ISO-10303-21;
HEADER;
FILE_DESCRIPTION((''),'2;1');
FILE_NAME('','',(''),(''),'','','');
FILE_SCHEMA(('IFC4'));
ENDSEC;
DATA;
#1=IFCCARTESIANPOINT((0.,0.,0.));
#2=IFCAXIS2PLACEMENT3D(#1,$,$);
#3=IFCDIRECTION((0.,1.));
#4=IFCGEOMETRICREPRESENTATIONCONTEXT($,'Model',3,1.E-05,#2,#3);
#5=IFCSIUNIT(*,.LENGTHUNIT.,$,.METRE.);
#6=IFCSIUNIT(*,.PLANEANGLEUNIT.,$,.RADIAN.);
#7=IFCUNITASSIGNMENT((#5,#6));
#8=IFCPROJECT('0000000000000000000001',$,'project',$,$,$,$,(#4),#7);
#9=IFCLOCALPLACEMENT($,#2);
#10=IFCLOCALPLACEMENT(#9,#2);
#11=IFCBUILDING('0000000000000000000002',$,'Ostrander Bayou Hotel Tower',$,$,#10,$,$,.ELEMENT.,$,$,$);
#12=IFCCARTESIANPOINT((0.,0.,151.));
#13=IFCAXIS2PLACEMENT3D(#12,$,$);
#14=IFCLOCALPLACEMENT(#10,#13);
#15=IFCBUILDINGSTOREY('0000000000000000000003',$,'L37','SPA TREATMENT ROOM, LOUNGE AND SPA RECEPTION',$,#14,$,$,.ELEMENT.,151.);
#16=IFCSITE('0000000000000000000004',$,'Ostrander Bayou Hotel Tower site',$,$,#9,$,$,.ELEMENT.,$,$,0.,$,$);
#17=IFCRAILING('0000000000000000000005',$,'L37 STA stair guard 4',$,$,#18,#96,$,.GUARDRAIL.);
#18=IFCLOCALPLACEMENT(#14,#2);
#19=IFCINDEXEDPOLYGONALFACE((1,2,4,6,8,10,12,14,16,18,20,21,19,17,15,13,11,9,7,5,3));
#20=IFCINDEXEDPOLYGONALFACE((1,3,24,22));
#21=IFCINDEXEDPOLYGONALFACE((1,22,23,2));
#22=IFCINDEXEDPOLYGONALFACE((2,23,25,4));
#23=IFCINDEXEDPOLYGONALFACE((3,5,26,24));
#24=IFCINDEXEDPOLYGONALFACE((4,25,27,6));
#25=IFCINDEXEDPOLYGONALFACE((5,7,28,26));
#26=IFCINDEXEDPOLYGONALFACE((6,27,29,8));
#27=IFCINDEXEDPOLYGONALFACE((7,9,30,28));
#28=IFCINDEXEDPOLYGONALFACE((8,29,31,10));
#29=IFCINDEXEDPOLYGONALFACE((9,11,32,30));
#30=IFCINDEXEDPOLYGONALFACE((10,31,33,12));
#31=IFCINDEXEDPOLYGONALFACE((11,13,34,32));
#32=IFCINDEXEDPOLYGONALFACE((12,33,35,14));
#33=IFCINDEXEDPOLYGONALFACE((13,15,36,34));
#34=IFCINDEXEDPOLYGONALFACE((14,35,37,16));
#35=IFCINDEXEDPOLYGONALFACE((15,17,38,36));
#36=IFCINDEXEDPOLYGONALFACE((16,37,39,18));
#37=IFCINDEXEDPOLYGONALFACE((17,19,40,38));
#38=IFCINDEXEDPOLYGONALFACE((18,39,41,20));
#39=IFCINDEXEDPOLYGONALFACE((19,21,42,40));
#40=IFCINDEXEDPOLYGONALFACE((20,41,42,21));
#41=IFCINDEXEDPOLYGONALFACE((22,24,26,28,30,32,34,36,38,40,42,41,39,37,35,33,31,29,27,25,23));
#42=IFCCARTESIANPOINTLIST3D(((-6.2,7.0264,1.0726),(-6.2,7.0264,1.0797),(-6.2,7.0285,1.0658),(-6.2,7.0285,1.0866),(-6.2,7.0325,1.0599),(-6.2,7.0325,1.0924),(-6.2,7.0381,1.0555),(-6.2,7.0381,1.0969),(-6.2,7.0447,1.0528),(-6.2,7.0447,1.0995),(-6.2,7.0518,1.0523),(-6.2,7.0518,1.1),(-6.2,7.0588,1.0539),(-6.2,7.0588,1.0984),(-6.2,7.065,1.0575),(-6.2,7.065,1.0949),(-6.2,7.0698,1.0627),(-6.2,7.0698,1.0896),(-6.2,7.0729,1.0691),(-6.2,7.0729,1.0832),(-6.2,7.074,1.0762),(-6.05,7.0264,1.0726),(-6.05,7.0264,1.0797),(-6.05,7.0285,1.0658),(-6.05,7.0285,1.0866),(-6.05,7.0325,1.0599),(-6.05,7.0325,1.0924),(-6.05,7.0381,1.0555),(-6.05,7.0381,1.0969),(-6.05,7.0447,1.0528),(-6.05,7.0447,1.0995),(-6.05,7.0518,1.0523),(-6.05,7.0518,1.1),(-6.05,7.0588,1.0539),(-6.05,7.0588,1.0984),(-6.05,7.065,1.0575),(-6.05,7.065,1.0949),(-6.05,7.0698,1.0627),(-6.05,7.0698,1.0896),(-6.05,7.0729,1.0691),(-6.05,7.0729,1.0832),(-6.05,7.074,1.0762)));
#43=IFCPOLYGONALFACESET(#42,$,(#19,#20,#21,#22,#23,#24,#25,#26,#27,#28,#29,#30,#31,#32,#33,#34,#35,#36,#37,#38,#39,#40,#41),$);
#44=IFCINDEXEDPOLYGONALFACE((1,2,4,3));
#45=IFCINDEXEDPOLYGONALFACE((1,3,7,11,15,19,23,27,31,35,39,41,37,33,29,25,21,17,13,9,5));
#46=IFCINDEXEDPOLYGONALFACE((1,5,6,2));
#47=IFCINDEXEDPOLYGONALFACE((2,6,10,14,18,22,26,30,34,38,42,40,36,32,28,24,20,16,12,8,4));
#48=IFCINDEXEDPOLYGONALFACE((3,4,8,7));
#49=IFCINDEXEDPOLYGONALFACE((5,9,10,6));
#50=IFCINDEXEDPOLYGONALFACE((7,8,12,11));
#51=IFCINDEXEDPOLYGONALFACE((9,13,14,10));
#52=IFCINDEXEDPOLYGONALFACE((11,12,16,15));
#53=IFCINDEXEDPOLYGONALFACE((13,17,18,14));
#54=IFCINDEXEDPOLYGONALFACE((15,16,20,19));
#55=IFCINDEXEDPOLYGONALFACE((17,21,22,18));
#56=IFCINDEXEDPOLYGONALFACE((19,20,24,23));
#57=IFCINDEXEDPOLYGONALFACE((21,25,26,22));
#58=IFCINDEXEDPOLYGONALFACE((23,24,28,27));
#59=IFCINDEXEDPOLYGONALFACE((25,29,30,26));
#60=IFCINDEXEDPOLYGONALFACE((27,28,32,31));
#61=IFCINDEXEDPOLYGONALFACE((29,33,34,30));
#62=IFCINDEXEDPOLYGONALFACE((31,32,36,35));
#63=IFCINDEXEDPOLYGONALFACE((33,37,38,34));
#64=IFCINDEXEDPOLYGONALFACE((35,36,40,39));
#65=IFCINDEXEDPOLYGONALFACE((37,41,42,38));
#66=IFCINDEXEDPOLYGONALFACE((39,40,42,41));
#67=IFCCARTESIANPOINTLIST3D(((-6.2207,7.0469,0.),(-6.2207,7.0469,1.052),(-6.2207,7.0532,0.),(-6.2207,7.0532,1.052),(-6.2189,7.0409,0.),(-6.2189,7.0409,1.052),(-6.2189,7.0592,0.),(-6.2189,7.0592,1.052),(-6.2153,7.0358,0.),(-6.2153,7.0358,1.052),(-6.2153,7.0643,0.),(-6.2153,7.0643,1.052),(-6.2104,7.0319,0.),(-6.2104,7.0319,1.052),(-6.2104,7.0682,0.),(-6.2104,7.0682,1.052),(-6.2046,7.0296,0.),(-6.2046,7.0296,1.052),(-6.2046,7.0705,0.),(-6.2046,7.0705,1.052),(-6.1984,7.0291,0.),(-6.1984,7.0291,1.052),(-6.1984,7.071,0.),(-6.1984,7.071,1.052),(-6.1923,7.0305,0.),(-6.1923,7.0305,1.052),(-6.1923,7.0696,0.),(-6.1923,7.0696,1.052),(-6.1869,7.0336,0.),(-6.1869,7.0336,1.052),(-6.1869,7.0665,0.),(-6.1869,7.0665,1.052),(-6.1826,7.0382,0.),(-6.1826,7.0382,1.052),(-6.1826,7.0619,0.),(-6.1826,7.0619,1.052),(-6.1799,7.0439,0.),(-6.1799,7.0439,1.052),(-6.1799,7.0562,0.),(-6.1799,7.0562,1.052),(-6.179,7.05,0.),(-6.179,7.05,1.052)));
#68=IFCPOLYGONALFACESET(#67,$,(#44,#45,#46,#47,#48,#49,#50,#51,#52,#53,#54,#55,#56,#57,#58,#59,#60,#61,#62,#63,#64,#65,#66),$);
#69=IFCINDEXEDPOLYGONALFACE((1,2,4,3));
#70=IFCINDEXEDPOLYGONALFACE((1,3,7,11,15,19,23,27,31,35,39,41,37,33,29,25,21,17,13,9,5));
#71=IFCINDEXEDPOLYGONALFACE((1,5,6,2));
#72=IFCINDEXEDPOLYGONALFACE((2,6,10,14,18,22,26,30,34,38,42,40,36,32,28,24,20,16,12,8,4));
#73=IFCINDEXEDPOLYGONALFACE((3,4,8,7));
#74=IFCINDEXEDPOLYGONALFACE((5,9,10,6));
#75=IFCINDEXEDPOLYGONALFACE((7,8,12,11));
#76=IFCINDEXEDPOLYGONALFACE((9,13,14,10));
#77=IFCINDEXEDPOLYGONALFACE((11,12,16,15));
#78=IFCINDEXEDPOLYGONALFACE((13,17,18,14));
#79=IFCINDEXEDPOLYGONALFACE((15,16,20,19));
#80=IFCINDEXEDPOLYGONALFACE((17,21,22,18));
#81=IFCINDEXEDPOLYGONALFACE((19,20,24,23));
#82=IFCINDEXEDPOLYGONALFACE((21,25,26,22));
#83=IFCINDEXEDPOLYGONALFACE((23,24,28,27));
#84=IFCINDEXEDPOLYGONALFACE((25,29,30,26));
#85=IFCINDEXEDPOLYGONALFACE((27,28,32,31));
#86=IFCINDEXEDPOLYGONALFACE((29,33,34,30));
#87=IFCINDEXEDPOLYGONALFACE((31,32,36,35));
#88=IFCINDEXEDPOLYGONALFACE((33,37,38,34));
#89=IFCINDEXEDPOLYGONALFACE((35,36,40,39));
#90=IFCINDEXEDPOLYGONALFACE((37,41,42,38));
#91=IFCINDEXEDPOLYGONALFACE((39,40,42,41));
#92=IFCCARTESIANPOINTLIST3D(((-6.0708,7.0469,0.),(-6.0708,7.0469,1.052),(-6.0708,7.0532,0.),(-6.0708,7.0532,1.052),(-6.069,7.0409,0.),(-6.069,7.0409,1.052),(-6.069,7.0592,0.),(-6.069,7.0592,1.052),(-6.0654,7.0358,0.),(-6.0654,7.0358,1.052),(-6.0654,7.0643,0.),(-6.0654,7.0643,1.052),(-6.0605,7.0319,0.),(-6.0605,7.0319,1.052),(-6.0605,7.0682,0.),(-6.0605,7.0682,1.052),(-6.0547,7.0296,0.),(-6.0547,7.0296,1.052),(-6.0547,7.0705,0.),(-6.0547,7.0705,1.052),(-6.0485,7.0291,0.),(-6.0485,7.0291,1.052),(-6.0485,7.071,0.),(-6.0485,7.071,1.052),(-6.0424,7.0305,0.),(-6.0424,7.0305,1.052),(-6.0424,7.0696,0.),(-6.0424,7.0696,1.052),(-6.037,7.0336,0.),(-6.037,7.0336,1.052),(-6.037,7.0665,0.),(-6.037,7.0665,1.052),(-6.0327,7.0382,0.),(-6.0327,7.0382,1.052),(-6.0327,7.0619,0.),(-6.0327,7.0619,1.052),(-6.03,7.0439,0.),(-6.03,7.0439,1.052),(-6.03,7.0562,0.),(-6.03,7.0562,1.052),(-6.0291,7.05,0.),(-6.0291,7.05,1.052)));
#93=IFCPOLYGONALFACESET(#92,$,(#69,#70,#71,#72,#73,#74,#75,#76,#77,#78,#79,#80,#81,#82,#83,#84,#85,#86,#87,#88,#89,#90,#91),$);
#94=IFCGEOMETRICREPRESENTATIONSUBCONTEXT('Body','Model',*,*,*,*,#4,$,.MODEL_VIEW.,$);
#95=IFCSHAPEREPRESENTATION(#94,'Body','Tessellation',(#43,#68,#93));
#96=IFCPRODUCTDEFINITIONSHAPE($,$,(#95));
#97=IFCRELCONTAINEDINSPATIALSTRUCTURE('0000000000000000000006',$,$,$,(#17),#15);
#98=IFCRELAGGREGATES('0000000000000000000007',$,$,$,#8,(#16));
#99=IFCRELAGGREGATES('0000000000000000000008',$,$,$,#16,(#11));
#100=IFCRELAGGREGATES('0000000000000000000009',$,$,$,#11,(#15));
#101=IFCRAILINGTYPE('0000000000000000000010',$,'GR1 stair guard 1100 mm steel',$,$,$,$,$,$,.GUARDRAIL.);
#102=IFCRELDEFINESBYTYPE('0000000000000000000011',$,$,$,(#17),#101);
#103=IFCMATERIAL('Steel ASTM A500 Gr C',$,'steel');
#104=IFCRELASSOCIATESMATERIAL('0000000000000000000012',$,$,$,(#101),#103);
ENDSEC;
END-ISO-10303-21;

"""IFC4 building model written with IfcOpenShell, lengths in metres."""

from ifc_helpers import new_model, si_unit, direction, frame, origin, origin_2d, place, context, subcontext, project, spatial, circle, extrude, material, type_object, element, save


model = new_model("IFC4")

# Units and contexts
model_context = context("Model", 3, precision=1e-05, world=origin(), true_north=direction((0.0, 1.0)))
body_context = subcontext(model_context, "Body", "Model", "MODEL_VIEW")
ifc_project = project(units=[si_unit("LENGTHUNIT", "METRE"), si_unit("PLANEANGLEUNIT", "RADIAN")], contexts=[model_context])

# Site, building, storey
site_placement = place(None, origin())
site = spatial("IfcSite", under=ifc_project, at=site_placement, Name="Ostrander Bayou Hotel Tower site", CompositionType="ELEMENT", RefElevation=0.0)
building_placement = place(site_placement, origin())
building = spatial("IfcBuilding", under=site, at=building_placement, Name="Ostrander Bayou Hotel Tower", CompositionType="ELEMENT")
storey_placement = place(building_placement, frame((0.0, 0.0, 151.0)))
storey = spatial("IfcBuildingStorey", under=building, at=storey_placement, Name="L37", Description="SPA TREATMENT ROOM, LOUNGE AND SPA RECEPTION", CompositionType="ELEMENT", Elevation=151.0)

# Railing
ifc_material_1 = material(Name="Steel ASTM A500 Gr C", Category="steel")
railing_type = type_object("IfcRailingType", Name="GR1 stair guard 1100 mm steel", PredefinedType="GUARDRAIL", material=ifc_material_1)
railing_1_placement = place(storey_placement, frame((-6.2, 7.05, 0.0)))
element("IfcRailing", 1, at=railing_1_placement, inside=storey, type_object=railing_type, Name="L37 STA stair guard 4", PredefinedType="GUARDRAIL", context=body_context, shape_type="SweptSolid", body=[
    extrude(circle(Radius=0.0239, at=origin_2d()), frame((0.0, 0.0, 1.0762), z_axis=(1.0, 0.0, 0.0), x_axis=(0.0, 1.0, 0.0)), (0.0, 0.0, 1.0), 0.1499),
    extrude(circle(Radius=0.021, at=origin_2d()), origin(), (0.0, 0.0, 1.0), 1.052),
    extrude(circle(Radius=0.021, at=origin_2d()), frame((0.1499, 0.0, 0.0)), (0.0, 0.0, 1.0), 1.052),
])

save(model, "model.ifc")
